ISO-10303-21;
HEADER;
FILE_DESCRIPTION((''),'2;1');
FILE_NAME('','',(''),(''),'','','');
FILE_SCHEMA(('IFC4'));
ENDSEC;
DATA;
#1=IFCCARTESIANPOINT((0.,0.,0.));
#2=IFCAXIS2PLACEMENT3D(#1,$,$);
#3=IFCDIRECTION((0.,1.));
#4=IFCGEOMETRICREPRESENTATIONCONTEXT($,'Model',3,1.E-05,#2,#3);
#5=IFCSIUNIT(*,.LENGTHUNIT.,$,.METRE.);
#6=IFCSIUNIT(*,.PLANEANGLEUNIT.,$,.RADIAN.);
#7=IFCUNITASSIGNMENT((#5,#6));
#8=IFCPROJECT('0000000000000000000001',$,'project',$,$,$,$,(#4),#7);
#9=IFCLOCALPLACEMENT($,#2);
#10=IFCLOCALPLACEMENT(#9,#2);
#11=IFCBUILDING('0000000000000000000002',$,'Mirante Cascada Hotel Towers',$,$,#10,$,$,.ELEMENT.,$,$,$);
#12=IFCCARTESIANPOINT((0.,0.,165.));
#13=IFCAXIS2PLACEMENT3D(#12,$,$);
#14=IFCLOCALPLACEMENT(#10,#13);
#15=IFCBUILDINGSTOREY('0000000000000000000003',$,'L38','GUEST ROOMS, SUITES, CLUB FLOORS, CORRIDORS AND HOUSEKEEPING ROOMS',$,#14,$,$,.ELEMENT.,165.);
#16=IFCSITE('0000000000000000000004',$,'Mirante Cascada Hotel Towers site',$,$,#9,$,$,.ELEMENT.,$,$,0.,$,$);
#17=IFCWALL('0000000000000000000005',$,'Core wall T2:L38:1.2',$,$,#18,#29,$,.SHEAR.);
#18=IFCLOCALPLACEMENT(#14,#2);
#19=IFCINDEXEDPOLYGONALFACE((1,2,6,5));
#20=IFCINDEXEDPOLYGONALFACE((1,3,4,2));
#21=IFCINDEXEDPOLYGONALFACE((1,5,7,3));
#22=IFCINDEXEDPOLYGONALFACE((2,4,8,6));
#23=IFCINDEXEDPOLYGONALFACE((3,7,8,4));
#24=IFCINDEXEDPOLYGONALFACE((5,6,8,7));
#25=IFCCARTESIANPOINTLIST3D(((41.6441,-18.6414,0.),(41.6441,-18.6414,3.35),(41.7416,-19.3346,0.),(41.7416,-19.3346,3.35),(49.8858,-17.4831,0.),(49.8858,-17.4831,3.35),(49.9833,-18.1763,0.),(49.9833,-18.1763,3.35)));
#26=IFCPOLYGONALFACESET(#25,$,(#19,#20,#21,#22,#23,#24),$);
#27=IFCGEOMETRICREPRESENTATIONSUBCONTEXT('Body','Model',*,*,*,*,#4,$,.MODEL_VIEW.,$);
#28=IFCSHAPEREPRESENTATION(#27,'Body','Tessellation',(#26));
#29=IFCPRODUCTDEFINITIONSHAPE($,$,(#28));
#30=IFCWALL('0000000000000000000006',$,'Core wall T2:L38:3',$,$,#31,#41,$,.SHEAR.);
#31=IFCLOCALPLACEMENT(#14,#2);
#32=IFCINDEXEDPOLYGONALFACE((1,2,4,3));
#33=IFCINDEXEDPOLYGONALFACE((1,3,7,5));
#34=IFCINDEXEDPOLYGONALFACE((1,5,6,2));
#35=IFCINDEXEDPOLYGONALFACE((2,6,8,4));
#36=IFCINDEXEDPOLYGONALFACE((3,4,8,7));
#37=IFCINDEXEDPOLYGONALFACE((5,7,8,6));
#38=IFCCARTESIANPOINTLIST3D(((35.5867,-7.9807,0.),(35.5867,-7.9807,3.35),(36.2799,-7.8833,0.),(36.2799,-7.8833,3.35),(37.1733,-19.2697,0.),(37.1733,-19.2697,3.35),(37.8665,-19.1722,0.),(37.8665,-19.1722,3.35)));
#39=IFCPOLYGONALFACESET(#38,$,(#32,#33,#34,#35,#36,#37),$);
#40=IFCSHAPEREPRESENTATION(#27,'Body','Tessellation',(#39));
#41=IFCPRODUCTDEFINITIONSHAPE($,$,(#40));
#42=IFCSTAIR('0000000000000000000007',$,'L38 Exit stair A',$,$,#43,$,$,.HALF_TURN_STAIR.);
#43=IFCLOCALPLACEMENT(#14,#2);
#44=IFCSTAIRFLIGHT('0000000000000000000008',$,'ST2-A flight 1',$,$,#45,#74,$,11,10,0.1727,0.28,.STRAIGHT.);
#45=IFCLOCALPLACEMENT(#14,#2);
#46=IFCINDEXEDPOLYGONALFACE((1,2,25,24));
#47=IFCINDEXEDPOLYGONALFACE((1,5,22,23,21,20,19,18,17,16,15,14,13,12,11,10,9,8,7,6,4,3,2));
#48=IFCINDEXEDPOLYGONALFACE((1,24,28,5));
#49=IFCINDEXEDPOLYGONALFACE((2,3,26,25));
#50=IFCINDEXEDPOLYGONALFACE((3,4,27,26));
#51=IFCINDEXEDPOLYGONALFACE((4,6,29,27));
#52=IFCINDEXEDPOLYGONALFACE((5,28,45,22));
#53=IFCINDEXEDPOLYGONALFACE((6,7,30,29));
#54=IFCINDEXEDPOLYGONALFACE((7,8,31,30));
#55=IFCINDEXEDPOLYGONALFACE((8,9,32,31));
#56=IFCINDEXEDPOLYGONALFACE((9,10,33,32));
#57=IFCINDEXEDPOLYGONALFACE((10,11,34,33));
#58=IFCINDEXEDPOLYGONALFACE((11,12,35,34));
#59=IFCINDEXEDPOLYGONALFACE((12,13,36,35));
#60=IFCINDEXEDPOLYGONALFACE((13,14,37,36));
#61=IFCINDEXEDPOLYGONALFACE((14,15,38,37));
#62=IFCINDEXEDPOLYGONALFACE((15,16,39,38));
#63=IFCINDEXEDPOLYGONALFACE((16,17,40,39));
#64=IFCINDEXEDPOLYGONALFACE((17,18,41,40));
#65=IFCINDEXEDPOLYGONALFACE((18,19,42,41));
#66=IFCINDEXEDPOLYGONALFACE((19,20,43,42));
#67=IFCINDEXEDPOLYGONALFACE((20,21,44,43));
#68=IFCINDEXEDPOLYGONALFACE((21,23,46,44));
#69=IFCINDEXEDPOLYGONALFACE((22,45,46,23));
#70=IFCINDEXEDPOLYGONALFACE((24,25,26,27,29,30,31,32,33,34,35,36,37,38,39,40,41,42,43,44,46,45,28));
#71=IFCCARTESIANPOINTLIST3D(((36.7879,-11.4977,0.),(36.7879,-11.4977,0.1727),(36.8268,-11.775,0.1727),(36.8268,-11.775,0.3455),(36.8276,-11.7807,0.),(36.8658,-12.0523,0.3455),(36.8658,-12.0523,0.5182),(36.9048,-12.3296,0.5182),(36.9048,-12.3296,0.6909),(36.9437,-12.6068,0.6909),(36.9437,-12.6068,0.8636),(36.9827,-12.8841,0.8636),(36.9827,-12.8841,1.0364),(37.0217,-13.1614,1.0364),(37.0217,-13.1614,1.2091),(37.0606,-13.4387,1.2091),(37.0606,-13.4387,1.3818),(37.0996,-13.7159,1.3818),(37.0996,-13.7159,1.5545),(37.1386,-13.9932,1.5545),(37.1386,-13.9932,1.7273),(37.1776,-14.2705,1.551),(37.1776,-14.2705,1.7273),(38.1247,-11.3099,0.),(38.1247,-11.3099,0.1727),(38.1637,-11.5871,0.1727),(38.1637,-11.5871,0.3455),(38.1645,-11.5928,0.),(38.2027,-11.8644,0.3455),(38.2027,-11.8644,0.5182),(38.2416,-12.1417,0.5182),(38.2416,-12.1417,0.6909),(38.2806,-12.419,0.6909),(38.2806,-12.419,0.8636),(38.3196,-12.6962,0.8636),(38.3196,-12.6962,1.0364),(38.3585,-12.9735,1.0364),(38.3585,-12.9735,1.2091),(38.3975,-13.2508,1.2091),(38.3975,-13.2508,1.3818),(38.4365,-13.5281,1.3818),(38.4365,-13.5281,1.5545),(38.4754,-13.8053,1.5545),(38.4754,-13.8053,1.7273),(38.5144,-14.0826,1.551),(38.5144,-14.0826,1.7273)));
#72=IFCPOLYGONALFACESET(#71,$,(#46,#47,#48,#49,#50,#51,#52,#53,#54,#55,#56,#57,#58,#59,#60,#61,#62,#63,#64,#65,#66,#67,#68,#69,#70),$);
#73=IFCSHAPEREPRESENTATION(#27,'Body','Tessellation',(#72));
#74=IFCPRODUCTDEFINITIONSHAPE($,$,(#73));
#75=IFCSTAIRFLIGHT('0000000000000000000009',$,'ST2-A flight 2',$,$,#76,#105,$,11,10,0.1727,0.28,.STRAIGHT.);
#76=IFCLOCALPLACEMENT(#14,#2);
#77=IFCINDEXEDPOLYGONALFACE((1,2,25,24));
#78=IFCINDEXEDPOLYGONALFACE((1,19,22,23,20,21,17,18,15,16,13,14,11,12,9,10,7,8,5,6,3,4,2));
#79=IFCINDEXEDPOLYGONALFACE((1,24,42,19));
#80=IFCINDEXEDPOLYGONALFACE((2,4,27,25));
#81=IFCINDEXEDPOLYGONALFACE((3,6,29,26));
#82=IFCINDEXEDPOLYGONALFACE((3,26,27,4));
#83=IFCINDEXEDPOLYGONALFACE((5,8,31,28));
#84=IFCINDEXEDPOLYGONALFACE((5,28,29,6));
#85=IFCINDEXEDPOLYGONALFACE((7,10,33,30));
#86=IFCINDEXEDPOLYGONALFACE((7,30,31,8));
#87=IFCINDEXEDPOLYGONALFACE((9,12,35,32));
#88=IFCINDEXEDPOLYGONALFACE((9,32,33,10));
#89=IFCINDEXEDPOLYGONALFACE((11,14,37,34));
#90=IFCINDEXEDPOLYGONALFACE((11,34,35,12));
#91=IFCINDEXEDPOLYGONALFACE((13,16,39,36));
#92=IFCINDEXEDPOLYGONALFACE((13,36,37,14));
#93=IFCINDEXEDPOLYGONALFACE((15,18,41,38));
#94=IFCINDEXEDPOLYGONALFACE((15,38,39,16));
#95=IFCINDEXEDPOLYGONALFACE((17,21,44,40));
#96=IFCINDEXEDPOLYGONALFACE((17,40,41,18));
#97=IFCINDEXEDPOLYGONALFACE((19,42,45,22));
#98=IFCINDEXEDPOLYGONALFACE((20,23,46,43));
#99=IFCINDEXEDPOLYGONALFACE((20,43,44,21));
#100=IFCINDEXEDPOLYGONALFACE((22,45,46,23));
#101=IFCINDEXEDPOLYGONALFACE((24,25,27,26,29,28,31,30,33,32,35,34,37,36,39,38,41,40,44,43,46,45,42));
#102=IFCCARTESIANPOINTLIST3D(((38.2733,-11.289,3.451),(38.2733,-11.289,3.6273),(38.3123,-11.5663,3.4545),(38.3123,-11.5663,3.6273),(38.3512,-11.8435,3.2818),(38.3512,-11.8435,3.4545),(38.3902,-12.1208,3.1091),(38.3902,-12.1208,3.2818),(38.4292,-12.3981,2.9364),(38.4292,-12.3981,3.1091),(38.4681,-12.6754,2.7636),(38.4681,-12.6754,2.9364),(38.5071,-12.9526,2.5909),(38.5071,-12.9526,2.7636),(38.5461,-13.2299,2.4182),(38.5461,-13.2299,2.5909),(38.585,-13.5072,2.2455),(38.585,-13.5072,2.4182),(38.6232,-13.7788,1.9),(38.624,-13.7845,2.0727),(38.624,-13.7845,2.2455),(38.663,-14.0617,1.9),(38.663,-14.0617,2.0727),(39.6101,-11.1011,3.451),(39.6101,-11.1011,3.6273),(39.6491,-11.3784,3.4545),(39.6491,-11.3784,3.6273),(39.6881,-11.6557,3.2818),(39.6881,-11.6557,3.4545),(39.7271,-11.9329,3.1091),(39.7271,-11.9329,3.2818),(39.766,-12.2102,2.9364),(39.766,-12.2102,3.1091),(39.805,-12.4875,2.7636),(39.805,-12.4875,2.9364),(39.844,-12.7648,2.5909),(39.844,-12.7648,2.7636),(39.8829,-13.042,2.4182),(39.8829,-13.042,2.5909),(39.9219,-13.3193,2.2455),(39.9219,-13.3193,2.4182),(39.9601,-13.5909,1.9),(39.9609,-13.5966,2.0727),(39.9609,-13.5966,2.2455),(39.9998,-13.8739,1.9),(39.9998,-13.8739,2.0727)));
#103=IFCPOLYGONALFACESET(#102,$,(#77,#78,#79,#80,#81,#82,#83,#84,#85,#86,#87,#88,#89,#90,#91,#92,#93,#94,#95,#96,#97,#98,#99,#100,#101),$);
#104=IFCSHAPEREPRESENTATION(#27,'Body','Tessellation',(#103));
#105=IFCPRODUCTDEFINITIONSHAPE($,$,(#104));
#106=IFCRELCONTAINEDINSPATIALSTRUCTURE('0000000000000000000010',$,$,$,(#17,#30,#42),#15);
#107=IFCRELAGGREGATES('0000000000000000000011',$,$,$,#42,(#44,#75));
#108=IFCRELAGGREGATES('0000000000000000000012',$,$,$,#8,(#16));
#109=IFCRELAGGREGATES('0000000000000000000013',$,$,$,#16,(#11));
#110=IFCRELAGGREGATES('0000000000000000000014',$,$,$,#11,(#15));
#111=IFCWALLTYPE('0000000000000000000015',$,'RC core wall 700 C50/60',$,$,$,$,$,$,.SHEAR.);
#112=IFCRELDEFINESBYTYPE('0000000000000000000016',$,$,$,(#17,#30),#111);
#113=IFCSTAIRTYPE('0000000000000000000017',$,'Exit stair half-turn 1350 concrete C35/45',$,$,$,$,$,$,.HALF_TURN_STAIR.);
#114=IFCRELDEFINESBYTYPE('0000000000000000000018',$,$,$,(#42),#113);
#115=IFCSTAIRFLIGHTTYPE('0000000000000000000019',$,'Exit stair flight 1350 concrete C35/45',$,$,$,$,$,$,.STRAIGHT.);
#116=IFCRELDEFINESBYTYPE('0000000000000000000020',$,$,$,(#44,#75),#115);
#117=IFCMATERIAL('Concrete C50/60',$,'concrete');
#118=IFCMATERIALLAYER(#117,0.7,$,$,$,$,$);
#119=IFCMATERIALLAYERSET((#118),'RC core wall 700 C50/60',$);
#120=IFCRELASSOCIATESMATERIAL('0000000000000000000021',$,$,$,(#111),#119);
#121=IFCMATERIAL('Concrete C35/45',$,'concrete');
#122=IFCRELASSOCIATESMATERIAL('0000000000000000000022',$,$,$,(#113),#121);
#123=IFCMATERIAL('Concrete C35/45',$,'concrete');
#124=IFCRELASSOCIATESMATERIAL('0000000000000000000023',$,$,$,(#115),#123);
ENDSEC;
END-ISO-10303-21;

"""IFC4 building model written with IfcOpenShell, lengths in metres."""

from ifc_helpers import new_model, si_unit, direction, frame, frame_2d, origin, place, context, subcontext, project, spatial, polyline, rectangle, outline, extrude, material, layer, layer_set, type_object, element, aggregate, save


model = new_model("IFC4")

# Units and contexts
model_context = context("Model", 3, precision=1e-05, world=origin(), true_north=direction((0.0, 1.0)))
body_context = subcontext(model_context, "Body", "Model", "MODEL_VIEW")
ifc_project = project(units=[si_unit("LENGTHUNIT", "METRE"), si_unit("PLANEANGLEUNIT", "RADIAN")], contexts=[model_context])

# Site, building, storey
site_placement = place(None, origin())
site = spatial("IfcSite", under=ifc_project, at=site_placement, Name="Mirante Cascada Hotel Towers site", CompositionType="ELEMENT", RefElevation=0.0)
building_placement = place(site_placement, origin())
building = spatial("IfcBuilding", under=site, at=building_placement, Name="Mirante Cascada Hotel Towers", CompositionType="ELEMENT")
storey_placement = place(building_placement, frame((0.0, 0.0, 165.0)))
storey = spatial("IfcBuildingStorey", under=building, at=storey_placement, Name="L38", Description="GUEST ROOMS, SUITES, CLUB FLOORS, CORRIDORS AND HOUSEKEEPING ROOMS", CompositionType="ELEMENT", Elevation=165.0)

# Walls
ifc_material_1 = material(Name="Concrete C50/60", Category="concrete")
ifc_layer_1 = layer(ifc_material_1, 0.7)
ifc_layer_set_1 = layer_set([ifc_layer_1], Name="RC core wall 700 C50/60")
wall_type_1 = type_object("IfcWallType", Name="RC core wall 700 C50/60", PredefinedType="SHEAR", material=ifc_layer_set_1)
wall_1_placement = place(storey_placement, frame((41.6928, -18.988, 0.0), z_axis=(0.0, 0.0, 1.0), x_axis=(0.990268, 0.139174, 0.0)))
element("IfcWall", 1, at=wall_1_placement, inside=storey, type_object=wall_type_1, Name="Core wall T2:L38:1.2", PredefinedType="SHEAR", context=body_context, shape_type="SweptSolid", body=[
    extrude(rectangle(XDim=8.3227, YDim=0.7, at=frame_2d((4.1614, 0.0))), origin(), (0.0, 0.0, 1.0), 3.35),
])
wall_2_placement = place(storey_placement, frame((37.5199, -19.221, 0.0), z_axis=(0.0, 0.0, 1.0), x_axis=(-0.139176, 0.990268, 0.0)))
element("IfcWall", 2, at=wall_2_placement, inside=storey, type_object=wall_type_1, Name="Core wall T2:L38:3", PredefinedType="SHEAR", context=body_context, shape_type="SweptSolid", body=[
    extrude(rectangle(XDim=11.3999, YDim=0.7, at=frame_2d((5.7, 0.0))), origin(), (0.0, 0.0, 1.0), 3.35),
])

# Stair, stair flights
ifc_material_2 = material(Name="Concrete C35/45", Category="concrete")
stair_type = type_object("IfcStairType", Name="Exit stair half-turn 1350 concrete C35/45", PredefinedType="HALF_TURN_STAIR", material=ifc_material_2)
stair_placement = place(storey_placement, origin())
stair = element("IfcStair", 3, at=stair_placement, inside=storey, type_object=stair_type, Name="L38 Exit stair A", PredefinedType="HALF_TURN_STAIR")
ifc_material_3 = material(Name="Concrete C35/45", Category="concrete")
stair_flight_type = type_object("IfcStairFlightType", Name="Exit stair flight 1350 concrete C35/45", PredefinedType="STRAIGHT", material=ifc_material_3)
stair_flight_1_placement = place(storey_placement, frame((37.4563, -11.4038, 0.0), z_axis=(0.0, 0.0, 1.0), x_axis=(0.139173, -0.990268, 0.0)))
stair_flight_1 = element("IfcStairFlight", 4, at=stair_flight_1_placement, type_object=stair_flight_type, Name="ST2-A flight 1", NumberOfRisers=11, NumberOfTreads=10, PredefinedType="STRAIGHT", RiserHeight=0.1727, TreadLength=0.28, context=body_context, shape_type="SweptSolid", body=[
    extrude(outline(polyline([(0.0, 0.0), (0.0, 0.1727), (0.28, 0.1727), (0.28, 0.3455), (0.56, 0.3455), (0.56, 0.5182), (0.84, 0.5182), (0.84, 0.6909), (1.12, 0.6909), (1.12, 0.8636), (1.4, 0.8636), (1.4, 1.0364), (1.68, 1.0364), (1.68, 1.2091), (1.96, 1.2091), (1.96, 1.3818), (2.24, 1.3818), (2.24, 1.5545), (2.52, 1.5545), (2.52, 1.7273), (2.8, 1.7273), (2.8, 1.9), (2.8, 1.551), (0.2857, 0.0), (0.0, 0.0)])), frame((0.0, 0.675, 0.0), z_axis=(0.0, -1.0, 0.0), x_axis=(1.0, 0.0, 0.0)), (0.0, 0.0, 1.0), 1.35),
])
stair_flight_2_placement = place(storey_placement, frame((39.3314, -13.9678, 1.9), z_axis=(0.0, 0.0, 1.0), x_axis=(-0.139173, 0.990268, 0.0)))
stair_flight_2 = element("IfcStairFlight", 5, at=stair_flight_2_placement, type_object=stair_flight_type, Name="ST2-A flight 2", NumberOfRisers=11, NumberOfTreads=10, PredefinedType="STRAIGHT", RiserHeight=0.1727, TreadLength=0.28, context=body_context, shape_type="SweptSolid", body=[
    extrude(outline(polyline([(0.0, 0.0), (0.0, 0.1727), (0.28, 0.1727), (0.28, 0.3455), (0.56, 0.3455), (0.56, 0.5182), (0.84, 0.5182), (0.84, 0.6909), (1.12, 0.6909), (1.12, 0.8636), (1.4, 0.8636), (1.4, 1.0364), (1.68, 1.0364), (1.68, 1.2091), (1.96, 1.2091), (1.96, 1.3818), (2.24, 1.3818), (2.24, 1.5545), (2.52, 1.5545), (2.52, 1.7273), (2.8, 1.7273), (2.8, 1.9), (2.8, 1.551), (0.2857, 0.0), (0.0, 0.0)])), frame((0.0, 0.675, 0.0), z_axis=(0.0, -1.0, 0.0), x_axis=(1.0, 0.0, 0.0)), (0.0, 0.0, 1.0), 1.35),
])
aggregate(stair, [stair_flight_1, stair_flight_2])

save(model, "model.ifc")
